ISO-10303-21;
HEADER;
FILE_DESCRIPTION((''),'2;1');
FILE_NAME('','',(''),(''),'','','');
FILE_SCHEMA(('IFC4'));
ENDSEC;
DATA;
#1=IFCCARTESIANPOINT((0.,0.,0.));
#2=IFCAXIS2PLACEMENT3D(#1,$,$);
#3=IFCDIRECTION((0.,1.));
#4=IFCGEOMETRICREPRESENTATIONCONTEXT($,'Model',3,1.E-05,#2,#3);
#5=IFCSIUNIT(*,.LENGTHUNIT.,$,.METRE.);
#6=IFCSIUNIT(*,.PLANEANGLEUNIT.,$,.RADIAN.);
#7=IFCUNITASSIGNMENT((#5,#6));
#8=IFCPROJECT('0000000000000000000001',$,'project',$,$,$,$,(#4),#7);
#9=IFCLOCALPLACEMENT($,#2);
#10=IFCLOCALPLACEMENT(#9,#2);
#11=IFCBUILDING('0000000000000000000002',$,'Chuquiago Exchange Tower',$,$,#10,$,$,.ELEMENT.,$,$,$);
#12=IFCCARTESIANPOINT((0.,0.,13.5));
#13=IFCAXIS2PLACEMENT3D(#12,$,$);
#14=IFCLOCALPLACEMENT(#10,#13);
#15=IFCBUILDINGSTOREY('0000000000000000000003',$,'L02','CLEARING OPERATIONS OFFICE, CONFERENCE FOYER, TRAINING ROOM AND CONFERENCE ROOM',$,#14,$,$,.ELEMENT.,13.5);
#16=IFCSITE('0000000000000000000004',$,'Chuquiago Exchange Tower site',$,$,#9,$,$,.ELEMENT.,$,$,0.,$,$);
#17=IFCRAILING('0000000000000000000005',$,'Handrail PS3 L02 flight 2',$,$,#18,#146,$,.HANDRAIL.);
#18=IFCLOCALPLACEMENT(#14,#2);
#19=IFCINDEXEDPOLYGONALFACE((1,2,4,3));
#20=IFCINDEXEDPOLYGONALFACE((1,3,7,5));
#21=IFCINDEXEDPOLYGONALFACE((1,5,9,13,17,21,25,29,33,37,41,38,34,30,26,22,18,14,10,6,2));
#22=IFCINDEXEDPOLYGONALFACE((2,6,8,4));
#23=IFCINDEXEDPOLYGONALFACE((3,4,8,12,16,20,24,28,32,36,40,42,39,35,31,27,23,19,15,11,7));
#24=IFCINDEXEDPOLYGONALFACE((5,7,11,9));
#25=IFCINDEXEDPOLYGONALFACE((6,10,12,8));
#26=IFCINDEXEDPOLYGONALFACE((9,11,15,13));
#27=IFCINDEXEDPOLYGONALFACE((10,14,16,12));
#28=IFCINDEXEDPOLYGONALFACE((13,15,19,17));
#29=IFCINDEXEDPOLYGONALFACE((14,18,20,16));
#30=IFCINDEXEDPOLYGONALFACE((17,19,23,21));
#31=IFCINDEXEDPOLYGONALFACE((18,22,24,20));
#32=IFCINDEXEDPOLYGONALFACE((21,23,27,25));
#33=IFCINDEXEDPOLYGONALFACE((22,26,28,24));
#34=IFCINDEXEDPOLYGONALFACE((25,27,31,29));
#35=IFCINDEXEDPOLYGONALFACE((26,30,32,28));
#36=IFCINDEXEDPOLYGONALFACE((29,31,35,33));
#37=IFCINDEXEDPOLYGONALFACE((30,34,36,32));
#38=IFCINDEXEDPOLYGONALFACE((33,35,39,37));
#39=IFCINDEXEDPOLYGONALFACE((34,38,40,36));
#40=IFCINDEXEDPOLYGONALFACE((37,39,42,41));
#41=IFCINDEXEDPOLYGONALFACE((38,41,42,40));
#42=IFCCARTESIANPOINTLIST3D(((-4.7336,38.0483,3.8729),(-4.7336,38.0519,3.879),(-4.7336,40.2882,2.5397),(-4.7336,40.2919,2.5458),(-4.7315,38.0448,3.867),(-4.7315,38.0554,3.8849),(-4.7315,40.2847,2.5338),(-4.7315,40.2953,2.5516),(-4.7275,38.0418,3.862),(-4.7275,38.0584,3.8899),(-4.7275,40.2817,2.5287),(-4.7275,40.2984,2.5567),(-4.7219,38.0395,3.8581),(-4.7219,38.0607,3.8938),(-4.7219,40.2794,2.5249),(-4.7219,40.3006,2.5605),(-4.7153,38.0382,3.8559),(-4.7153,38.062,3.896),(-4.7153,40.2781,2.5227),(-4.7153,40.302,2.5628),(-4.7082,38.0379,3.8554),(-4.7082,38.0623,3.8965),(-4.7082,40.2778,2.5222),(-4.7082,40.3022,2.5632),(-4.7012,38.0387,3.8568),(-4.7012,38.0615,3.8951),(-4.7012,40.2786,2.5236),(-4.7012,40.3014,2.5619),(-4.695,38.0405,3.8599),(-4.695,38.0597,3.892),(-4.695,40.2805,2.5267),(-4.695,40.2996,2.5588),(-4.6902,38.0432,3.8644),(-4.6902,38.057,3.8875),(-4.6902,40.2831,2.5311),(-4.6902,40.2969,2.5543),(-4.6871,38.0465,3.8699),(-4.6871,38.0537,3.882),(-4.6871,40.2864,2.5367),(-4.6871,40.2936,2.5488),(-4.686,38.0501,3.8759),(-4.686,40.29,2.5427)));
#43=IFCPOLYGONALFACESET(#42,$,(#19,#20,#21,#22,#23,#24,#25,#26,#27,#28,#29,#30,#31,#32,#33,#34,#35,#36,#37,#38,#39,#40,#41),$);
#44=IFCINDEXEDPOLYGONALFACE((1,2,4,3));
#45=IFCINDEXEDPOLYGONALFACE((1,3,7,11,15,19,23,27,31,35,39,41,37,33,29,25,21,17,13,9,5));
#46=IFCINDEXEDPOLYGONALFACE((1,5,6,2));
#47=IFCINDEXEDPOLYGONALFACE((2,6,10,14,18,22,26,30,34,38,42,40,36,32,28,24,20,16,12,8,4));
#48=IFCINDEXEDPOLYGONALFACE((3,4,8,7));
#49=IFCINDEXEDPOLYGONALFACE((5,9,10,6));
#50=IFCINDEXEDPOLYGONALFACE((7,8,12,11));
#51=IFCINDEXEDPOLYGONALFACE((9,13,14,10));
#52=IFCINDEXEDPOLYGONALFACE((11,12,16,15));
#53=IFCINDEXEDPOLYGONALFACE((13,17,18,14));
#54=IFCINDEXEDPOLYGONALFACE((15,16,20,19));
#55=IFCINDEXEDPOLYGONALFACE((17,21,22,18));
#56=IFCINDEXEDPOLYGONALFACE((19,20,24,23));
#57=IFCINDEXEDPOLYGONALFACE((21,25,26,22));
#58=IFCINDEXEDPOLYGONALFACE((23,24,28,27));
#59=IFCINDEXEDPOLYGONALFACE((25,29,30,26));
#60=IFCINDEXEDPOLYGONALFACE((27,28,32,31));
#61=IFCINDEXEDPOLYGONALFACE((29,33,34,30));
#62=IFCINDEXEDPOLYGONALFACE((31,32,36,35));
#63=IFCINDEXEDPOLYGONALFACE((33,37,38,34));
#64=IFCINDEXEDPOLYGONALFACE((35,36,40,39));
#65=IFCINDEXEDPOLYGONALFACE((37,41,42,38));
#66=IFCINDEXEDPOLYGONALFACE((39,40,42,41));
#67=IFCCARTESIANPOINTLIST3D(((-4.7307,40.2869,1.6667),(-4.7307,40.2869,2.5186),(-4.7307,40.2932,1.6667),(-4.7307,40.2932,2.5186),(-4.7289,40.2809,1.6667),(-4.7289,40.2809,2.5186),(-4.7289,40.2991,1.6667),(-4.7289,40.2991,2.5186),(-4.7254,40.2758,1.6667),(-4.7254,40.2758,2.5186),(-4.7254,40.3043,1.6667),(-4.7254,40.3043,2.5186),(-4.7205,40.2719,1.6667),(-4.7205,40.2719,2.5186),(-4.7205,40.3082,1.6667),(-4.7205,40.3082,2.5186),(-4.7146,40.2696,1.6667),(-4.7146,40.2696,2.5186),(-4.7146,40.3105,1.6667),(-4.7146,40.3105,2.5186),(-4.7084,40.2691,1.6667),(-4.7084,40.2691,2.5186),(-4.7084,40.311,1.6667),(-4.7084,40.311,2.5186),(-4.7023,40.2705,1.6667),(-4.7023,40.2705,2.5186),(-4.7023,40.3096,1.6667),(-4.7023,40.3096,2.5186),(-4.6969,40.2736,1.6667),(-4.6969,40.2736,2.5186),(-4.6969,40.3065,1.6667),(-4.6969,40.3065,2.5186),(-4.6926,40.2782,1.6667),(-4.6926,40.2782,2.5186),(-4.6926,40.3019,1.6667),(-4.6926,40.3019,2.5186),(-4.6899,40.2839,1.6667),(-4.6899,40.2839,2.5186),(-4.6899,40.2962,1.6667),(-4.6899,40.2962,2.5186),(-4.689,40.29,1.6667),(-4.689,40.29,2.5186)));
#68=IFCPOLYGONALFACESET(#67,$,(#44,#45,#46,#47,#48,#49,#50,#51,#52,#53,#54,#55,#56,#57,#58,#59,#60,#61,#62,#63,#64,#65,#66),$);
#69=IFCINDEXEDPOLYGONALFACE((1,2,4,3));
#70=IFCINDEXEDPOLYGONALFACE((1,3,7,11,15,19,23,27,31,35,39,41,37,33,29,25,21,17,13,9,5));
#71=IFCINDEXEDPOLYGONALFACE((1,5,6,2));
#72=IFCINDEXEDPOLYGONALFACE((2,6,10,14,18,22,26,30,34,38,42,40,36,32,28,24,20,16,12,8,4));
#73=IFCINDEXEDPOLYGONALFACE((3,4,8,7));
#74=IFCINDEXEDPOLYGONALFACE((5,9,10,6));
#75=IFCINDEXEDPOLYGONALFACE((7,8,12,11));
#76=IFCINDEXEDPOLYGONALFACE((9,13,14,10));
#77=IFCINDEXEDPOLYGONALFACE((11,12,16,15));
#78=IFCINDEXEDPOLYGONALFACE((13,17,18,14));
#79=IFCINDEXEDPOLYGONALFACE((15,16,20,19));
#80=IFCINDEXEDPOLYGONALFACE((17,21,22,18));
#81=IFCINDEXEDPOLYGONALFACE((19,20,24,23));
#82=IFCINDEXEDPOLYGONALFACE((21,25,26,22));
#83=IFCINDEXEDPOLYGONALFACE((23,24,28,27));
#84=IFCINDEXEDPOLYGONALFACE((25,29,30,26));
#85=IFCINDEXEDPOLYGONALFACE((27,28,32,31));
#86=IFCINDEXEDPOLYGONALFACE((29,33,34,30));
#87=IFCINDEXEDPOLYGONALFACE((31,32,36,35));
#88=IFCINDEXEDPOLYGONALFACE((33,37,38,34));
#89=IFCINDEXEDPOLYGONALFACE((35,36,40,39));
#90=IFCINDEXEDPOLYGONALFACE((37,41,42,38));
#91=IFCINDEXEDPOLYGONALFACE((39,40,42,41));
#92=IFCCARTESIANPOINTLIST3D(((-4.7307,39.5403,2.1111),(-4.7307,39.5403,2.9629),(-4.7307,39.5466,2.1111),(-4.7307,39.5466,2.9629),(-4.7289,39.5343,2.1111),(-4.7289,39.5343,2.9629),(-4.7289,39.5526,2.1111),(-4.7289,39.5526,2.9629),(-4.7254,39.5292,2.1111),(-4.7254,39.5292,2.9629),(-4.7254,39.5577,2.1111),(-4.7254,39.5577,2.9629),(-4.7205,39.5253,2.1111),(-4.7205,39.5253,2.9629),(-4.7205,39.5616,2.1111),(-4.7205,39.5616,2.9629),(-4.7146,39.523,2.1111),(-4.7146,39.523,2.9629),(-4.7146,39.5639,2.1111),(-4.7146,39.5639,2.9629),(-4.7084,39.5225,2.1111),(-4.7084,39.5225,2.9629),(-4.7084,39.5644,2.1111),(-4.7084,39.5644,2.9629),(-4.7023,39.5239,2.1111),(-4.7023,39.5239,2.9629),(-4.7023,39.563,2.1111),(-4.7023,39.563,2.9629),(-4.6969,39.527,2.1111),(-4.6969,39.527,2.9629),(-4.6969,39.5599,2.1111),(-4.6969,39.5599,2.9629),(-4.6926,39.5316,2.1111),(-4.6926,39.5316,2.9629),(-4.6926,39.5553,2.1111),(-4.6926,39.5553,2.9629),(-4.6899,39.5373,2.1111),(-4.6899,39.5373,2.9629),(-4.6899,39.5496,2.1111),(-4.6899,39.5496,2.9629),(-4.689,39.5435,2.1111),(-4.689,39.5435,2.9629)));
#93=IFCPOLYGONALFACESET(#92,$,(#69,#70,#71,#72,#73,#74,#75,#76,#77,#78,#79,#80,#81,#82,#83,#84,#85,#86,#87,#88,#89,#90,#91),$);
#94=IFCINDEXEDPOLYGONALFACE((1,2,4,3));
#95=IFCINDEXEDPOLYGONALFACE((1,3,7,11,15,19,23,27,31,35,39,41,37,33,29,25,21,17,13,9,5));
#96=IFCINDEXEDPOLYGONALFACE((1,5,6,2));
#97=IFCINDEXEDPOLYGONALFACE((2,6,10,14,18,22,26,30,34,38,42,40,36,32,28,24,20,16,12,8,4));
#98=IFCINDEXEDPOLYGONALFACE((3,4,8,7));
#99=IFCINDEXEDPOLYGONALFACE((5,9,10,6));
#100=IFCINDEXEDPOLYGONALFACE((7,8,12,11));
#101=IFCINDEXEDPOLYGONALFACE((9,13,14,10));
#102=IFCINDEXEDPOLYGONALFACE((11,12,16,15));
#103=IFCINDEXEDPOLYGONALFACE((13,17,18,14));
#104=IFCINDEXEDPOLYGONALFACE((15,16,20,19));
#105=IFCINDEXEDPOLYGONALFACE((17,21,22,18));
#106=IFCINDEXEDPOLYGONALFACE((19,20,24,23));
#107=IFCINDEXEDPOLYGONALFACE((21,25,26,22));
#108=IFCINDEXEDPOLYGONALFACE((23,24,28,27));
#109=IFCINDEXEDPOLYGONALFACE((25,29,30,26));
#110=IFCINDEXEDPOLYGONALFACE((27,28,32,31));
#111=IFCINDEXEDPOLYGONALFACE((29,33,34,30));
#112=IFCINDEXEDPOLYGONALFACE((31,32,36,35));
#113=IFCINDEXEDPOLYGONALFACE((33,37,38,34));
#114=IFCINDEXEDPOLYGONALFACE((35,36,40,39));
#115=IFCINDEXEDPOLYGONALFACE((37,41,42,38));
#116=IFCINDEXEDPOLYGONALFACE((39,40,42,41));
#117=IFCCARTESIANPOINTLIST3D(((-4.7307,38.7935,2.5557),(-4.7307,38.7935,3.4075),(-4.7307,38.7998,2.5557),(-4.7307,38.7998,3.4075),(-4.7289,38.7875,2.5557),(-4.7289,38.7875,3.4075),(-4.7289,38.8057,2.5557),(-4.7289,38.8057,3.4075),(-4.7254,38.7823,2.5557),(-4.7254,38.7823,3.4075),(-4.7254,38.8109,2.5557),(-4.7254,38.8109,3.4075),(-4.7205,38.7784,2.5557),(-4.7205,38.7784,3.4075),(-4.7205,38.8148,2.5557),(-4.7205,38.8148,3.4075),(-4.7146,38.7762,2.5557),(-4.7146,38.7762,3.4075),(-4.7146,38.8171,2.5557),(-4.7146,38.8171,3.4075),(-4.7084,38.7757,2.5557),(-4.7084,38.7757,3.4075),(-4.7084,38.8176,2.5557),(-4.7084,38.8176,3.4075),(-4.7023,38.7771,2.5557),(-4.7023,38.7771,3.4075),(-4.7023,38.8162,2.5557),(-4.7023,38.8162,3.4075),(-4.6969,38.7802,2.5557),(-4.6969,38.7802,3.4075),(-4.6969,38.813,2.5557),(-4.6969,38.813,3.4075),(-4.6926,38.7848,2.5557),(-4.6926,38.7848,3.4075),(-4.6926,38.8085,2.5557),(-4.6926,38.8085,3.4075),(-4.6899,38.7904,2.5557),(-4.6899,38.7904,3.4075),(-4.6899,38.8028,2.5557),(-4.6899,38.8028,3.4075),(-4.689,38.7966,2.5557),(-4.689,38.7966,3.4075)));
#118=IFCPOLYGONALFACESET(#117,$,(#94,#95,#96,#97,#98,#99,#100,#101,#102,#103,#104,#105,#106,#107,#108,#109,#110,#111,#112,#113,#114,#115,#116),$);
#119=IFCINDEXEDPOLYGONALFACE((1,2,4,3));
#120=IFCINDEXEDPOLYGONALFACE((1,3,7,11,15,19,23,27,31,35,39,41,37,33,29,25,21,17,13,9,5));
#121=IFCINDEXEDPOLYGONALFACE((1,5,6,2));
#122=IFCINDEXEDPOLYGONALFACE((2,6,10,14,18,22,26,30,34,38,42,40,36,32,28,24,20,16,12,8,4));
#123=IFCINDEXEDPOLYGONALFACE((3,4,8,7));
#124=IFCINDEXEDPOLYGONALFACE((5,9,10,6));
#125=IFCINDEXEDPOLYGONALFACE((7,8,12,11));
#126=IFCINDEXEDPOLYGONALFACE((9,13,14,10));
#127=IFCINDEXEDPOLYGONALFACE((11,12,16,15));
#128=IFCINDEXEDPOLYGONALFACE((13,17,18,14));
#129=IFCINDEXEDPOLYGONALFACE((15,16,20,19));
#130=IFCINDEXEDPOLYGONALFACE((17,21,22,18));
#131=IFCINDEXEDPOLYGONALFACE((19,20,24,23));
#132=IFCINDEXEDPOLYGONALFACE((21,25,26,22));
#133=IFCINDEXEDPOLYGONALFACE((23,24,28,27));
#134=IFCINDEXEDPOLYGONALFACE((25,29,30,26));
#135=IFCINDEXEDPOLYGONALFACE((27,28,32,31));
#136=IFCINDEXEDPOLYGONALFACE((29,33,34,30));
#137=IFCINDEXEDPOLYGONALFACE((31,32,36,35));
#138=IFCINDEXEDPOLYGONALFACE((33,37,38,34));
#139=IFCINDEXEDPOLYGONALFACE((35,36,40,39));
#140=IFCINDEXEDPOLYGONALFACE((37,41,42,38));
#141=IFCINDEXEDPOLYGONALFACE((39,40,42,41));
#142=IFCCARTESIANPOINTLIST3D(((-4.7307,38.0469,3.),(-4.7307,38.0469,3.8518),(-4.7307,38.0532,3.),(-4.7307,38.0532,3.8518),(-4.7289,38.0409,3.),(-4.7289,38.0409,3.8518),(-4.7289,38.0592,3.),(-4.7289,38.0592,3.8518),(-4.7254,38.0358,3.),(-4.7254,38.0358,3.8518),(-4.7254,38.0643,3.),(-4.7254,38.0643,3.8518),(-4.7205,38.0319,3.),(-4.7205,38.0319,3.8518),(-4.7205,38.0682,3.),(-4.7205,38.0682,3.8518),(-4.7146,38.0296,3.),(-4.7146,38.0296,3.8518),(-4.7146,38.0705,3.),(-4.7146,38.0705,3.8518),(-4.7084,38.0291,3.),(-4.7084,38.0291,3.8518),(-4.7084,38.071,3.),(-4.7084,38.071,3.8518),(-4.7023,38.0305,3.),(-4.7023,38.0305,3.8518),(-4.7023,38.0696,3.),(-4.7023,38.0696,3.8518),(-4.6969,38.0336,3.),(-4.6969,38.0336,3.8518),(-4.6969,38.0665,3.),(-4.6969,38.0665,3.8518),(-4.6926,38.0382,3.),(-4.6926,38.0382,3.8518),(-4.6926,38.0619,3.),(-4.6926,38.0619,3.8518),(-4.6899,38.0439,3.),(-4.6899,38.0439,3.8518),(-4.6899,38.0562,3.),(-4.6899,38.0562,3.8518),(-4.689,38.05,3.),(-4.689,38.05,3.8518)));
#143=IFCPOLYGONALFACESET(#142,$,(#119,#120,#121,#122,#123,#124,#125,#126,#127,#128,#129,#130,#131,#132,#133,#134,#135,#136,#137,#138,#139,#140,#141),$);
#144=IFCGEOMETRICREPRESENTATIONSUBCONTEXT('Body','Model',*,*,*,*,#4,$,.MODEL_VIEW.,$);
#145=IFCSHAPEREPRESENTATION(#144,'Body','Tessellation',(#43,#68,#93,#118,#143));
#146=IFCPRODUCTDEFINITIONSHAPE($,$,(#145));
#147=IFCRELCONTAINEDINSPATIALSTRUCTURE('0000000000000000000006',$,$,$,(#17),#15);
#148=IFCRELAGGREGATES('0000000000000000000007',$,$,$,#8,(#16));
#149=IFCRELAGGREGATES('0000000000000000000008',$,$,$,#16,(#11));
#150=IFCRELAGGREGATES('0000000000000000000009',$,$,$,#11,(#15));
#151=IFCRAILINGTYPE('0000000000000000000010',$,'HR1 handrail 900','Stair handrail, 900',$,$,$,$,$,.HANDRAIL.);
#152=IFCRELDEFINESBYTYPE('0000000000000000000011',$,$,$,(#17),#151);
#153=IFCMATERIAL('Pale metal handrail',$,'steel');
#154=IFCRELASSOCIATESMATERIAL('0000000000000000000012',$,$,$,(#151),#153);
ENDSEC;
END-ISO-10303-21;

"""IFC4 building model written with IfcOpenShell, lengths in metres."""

from ifc_helpers import new_model, si_unit, direction, frame, origin, origin_2d, place, context, subcontext, project, spatial, circle, extrude, material, type_object, element, save


model = new_model("IFC4")

# Units and contexts
model_context = context("Model", 3, precision=1e-05, world=origin(), true_north=direction((0.0, 1.0)))
body_context = subcontext(model_context, "Body", "Model", "MODEL_VIEW")
ifc_project = project(units=[si_unit("LENGTHUNIT", "METRE"), si_unit("PLANEANGLEUNIT", "RADIAN")], contexts=[model_context])

# Site, building, storey
site_placement = place(None, origin())
site = spatial("IfcSite", under=ifc_project, at=site_placement, Name="Chuquiago Exchange Tower site", CompositionType="ELEMENT", RefElevation=0.0)
building_placement = place(site_placement, origin())
building = spatial("IfcBuilding", under=site, at=building_placement, Name="Chuquiago Exchange Tower", CompositionType="ELEMENT")
storey_placement = place(building_placement, frame((0.0, 0.0, 13.5)))
storey = spatial("IfcBuildingStorey", under=building, at=storey_placement, Name="L02", Description="CLEARING OPERATIONS OFFICE, CONFERENCE FOYER, TRAINING ROOM AND CONFERENCE ROOM", CompositionType="ELEMENT", Elevation=13.5)

# Railing
ifc_material_1 = material(Name="Pale metal handrail", Category="steel")
railing_type = type_object("IfcRailingType", Name="HR1 handrail 900", Description="Stair handrail, 900", PredefinedType="HANDRAIL", material=ifc_material_1)
for number, where, name in (
    (1, (-4.71, 40.29, 1.6667), "Handrail PS3 L02 flight 2"),
):
    element("IfcRailing", number, at=place(storey_placement, frame(where)), inside=storey, type_object=railing_type, Name=name, PredefinedType="HANDRAIL", context=body_context, shape_type="SweptSolid", body=[
        extrude(circle(Radius=0.0239, at=origin_2d()), frame((0.0, 0.0, 0.876), z_axis=(0.0, -0.859306, 0.511462), x_axis=(1.0, 0.0, 0.0)), (0.0, 0.0, 1.0), 2.6067),
        extrude(circle(Radius=0.021, at=origin_2d()), origin(), (0.0, 0.0, 1.0), 0.8518),
        extrude(circle(Radius=0.021, at=origin_2d()), frame((0.0, -0.7466, 0.4443)), (0.0, 0.0, 1.0), 0.8518),
        extrude(circle(Radius=0.021, at=origin_2d()), frame((0.0, -1.4934, 0.8889)), (0.0, 0.0, 1.0), 0.8518),
        extrude(circle(Radius=0.021, at=origin_2d()), frame((0.0, -2.24, 1.3333)), (0.0, 0.0, 1.0), 0.8518),
    ])

save(model, "model.ifc")
